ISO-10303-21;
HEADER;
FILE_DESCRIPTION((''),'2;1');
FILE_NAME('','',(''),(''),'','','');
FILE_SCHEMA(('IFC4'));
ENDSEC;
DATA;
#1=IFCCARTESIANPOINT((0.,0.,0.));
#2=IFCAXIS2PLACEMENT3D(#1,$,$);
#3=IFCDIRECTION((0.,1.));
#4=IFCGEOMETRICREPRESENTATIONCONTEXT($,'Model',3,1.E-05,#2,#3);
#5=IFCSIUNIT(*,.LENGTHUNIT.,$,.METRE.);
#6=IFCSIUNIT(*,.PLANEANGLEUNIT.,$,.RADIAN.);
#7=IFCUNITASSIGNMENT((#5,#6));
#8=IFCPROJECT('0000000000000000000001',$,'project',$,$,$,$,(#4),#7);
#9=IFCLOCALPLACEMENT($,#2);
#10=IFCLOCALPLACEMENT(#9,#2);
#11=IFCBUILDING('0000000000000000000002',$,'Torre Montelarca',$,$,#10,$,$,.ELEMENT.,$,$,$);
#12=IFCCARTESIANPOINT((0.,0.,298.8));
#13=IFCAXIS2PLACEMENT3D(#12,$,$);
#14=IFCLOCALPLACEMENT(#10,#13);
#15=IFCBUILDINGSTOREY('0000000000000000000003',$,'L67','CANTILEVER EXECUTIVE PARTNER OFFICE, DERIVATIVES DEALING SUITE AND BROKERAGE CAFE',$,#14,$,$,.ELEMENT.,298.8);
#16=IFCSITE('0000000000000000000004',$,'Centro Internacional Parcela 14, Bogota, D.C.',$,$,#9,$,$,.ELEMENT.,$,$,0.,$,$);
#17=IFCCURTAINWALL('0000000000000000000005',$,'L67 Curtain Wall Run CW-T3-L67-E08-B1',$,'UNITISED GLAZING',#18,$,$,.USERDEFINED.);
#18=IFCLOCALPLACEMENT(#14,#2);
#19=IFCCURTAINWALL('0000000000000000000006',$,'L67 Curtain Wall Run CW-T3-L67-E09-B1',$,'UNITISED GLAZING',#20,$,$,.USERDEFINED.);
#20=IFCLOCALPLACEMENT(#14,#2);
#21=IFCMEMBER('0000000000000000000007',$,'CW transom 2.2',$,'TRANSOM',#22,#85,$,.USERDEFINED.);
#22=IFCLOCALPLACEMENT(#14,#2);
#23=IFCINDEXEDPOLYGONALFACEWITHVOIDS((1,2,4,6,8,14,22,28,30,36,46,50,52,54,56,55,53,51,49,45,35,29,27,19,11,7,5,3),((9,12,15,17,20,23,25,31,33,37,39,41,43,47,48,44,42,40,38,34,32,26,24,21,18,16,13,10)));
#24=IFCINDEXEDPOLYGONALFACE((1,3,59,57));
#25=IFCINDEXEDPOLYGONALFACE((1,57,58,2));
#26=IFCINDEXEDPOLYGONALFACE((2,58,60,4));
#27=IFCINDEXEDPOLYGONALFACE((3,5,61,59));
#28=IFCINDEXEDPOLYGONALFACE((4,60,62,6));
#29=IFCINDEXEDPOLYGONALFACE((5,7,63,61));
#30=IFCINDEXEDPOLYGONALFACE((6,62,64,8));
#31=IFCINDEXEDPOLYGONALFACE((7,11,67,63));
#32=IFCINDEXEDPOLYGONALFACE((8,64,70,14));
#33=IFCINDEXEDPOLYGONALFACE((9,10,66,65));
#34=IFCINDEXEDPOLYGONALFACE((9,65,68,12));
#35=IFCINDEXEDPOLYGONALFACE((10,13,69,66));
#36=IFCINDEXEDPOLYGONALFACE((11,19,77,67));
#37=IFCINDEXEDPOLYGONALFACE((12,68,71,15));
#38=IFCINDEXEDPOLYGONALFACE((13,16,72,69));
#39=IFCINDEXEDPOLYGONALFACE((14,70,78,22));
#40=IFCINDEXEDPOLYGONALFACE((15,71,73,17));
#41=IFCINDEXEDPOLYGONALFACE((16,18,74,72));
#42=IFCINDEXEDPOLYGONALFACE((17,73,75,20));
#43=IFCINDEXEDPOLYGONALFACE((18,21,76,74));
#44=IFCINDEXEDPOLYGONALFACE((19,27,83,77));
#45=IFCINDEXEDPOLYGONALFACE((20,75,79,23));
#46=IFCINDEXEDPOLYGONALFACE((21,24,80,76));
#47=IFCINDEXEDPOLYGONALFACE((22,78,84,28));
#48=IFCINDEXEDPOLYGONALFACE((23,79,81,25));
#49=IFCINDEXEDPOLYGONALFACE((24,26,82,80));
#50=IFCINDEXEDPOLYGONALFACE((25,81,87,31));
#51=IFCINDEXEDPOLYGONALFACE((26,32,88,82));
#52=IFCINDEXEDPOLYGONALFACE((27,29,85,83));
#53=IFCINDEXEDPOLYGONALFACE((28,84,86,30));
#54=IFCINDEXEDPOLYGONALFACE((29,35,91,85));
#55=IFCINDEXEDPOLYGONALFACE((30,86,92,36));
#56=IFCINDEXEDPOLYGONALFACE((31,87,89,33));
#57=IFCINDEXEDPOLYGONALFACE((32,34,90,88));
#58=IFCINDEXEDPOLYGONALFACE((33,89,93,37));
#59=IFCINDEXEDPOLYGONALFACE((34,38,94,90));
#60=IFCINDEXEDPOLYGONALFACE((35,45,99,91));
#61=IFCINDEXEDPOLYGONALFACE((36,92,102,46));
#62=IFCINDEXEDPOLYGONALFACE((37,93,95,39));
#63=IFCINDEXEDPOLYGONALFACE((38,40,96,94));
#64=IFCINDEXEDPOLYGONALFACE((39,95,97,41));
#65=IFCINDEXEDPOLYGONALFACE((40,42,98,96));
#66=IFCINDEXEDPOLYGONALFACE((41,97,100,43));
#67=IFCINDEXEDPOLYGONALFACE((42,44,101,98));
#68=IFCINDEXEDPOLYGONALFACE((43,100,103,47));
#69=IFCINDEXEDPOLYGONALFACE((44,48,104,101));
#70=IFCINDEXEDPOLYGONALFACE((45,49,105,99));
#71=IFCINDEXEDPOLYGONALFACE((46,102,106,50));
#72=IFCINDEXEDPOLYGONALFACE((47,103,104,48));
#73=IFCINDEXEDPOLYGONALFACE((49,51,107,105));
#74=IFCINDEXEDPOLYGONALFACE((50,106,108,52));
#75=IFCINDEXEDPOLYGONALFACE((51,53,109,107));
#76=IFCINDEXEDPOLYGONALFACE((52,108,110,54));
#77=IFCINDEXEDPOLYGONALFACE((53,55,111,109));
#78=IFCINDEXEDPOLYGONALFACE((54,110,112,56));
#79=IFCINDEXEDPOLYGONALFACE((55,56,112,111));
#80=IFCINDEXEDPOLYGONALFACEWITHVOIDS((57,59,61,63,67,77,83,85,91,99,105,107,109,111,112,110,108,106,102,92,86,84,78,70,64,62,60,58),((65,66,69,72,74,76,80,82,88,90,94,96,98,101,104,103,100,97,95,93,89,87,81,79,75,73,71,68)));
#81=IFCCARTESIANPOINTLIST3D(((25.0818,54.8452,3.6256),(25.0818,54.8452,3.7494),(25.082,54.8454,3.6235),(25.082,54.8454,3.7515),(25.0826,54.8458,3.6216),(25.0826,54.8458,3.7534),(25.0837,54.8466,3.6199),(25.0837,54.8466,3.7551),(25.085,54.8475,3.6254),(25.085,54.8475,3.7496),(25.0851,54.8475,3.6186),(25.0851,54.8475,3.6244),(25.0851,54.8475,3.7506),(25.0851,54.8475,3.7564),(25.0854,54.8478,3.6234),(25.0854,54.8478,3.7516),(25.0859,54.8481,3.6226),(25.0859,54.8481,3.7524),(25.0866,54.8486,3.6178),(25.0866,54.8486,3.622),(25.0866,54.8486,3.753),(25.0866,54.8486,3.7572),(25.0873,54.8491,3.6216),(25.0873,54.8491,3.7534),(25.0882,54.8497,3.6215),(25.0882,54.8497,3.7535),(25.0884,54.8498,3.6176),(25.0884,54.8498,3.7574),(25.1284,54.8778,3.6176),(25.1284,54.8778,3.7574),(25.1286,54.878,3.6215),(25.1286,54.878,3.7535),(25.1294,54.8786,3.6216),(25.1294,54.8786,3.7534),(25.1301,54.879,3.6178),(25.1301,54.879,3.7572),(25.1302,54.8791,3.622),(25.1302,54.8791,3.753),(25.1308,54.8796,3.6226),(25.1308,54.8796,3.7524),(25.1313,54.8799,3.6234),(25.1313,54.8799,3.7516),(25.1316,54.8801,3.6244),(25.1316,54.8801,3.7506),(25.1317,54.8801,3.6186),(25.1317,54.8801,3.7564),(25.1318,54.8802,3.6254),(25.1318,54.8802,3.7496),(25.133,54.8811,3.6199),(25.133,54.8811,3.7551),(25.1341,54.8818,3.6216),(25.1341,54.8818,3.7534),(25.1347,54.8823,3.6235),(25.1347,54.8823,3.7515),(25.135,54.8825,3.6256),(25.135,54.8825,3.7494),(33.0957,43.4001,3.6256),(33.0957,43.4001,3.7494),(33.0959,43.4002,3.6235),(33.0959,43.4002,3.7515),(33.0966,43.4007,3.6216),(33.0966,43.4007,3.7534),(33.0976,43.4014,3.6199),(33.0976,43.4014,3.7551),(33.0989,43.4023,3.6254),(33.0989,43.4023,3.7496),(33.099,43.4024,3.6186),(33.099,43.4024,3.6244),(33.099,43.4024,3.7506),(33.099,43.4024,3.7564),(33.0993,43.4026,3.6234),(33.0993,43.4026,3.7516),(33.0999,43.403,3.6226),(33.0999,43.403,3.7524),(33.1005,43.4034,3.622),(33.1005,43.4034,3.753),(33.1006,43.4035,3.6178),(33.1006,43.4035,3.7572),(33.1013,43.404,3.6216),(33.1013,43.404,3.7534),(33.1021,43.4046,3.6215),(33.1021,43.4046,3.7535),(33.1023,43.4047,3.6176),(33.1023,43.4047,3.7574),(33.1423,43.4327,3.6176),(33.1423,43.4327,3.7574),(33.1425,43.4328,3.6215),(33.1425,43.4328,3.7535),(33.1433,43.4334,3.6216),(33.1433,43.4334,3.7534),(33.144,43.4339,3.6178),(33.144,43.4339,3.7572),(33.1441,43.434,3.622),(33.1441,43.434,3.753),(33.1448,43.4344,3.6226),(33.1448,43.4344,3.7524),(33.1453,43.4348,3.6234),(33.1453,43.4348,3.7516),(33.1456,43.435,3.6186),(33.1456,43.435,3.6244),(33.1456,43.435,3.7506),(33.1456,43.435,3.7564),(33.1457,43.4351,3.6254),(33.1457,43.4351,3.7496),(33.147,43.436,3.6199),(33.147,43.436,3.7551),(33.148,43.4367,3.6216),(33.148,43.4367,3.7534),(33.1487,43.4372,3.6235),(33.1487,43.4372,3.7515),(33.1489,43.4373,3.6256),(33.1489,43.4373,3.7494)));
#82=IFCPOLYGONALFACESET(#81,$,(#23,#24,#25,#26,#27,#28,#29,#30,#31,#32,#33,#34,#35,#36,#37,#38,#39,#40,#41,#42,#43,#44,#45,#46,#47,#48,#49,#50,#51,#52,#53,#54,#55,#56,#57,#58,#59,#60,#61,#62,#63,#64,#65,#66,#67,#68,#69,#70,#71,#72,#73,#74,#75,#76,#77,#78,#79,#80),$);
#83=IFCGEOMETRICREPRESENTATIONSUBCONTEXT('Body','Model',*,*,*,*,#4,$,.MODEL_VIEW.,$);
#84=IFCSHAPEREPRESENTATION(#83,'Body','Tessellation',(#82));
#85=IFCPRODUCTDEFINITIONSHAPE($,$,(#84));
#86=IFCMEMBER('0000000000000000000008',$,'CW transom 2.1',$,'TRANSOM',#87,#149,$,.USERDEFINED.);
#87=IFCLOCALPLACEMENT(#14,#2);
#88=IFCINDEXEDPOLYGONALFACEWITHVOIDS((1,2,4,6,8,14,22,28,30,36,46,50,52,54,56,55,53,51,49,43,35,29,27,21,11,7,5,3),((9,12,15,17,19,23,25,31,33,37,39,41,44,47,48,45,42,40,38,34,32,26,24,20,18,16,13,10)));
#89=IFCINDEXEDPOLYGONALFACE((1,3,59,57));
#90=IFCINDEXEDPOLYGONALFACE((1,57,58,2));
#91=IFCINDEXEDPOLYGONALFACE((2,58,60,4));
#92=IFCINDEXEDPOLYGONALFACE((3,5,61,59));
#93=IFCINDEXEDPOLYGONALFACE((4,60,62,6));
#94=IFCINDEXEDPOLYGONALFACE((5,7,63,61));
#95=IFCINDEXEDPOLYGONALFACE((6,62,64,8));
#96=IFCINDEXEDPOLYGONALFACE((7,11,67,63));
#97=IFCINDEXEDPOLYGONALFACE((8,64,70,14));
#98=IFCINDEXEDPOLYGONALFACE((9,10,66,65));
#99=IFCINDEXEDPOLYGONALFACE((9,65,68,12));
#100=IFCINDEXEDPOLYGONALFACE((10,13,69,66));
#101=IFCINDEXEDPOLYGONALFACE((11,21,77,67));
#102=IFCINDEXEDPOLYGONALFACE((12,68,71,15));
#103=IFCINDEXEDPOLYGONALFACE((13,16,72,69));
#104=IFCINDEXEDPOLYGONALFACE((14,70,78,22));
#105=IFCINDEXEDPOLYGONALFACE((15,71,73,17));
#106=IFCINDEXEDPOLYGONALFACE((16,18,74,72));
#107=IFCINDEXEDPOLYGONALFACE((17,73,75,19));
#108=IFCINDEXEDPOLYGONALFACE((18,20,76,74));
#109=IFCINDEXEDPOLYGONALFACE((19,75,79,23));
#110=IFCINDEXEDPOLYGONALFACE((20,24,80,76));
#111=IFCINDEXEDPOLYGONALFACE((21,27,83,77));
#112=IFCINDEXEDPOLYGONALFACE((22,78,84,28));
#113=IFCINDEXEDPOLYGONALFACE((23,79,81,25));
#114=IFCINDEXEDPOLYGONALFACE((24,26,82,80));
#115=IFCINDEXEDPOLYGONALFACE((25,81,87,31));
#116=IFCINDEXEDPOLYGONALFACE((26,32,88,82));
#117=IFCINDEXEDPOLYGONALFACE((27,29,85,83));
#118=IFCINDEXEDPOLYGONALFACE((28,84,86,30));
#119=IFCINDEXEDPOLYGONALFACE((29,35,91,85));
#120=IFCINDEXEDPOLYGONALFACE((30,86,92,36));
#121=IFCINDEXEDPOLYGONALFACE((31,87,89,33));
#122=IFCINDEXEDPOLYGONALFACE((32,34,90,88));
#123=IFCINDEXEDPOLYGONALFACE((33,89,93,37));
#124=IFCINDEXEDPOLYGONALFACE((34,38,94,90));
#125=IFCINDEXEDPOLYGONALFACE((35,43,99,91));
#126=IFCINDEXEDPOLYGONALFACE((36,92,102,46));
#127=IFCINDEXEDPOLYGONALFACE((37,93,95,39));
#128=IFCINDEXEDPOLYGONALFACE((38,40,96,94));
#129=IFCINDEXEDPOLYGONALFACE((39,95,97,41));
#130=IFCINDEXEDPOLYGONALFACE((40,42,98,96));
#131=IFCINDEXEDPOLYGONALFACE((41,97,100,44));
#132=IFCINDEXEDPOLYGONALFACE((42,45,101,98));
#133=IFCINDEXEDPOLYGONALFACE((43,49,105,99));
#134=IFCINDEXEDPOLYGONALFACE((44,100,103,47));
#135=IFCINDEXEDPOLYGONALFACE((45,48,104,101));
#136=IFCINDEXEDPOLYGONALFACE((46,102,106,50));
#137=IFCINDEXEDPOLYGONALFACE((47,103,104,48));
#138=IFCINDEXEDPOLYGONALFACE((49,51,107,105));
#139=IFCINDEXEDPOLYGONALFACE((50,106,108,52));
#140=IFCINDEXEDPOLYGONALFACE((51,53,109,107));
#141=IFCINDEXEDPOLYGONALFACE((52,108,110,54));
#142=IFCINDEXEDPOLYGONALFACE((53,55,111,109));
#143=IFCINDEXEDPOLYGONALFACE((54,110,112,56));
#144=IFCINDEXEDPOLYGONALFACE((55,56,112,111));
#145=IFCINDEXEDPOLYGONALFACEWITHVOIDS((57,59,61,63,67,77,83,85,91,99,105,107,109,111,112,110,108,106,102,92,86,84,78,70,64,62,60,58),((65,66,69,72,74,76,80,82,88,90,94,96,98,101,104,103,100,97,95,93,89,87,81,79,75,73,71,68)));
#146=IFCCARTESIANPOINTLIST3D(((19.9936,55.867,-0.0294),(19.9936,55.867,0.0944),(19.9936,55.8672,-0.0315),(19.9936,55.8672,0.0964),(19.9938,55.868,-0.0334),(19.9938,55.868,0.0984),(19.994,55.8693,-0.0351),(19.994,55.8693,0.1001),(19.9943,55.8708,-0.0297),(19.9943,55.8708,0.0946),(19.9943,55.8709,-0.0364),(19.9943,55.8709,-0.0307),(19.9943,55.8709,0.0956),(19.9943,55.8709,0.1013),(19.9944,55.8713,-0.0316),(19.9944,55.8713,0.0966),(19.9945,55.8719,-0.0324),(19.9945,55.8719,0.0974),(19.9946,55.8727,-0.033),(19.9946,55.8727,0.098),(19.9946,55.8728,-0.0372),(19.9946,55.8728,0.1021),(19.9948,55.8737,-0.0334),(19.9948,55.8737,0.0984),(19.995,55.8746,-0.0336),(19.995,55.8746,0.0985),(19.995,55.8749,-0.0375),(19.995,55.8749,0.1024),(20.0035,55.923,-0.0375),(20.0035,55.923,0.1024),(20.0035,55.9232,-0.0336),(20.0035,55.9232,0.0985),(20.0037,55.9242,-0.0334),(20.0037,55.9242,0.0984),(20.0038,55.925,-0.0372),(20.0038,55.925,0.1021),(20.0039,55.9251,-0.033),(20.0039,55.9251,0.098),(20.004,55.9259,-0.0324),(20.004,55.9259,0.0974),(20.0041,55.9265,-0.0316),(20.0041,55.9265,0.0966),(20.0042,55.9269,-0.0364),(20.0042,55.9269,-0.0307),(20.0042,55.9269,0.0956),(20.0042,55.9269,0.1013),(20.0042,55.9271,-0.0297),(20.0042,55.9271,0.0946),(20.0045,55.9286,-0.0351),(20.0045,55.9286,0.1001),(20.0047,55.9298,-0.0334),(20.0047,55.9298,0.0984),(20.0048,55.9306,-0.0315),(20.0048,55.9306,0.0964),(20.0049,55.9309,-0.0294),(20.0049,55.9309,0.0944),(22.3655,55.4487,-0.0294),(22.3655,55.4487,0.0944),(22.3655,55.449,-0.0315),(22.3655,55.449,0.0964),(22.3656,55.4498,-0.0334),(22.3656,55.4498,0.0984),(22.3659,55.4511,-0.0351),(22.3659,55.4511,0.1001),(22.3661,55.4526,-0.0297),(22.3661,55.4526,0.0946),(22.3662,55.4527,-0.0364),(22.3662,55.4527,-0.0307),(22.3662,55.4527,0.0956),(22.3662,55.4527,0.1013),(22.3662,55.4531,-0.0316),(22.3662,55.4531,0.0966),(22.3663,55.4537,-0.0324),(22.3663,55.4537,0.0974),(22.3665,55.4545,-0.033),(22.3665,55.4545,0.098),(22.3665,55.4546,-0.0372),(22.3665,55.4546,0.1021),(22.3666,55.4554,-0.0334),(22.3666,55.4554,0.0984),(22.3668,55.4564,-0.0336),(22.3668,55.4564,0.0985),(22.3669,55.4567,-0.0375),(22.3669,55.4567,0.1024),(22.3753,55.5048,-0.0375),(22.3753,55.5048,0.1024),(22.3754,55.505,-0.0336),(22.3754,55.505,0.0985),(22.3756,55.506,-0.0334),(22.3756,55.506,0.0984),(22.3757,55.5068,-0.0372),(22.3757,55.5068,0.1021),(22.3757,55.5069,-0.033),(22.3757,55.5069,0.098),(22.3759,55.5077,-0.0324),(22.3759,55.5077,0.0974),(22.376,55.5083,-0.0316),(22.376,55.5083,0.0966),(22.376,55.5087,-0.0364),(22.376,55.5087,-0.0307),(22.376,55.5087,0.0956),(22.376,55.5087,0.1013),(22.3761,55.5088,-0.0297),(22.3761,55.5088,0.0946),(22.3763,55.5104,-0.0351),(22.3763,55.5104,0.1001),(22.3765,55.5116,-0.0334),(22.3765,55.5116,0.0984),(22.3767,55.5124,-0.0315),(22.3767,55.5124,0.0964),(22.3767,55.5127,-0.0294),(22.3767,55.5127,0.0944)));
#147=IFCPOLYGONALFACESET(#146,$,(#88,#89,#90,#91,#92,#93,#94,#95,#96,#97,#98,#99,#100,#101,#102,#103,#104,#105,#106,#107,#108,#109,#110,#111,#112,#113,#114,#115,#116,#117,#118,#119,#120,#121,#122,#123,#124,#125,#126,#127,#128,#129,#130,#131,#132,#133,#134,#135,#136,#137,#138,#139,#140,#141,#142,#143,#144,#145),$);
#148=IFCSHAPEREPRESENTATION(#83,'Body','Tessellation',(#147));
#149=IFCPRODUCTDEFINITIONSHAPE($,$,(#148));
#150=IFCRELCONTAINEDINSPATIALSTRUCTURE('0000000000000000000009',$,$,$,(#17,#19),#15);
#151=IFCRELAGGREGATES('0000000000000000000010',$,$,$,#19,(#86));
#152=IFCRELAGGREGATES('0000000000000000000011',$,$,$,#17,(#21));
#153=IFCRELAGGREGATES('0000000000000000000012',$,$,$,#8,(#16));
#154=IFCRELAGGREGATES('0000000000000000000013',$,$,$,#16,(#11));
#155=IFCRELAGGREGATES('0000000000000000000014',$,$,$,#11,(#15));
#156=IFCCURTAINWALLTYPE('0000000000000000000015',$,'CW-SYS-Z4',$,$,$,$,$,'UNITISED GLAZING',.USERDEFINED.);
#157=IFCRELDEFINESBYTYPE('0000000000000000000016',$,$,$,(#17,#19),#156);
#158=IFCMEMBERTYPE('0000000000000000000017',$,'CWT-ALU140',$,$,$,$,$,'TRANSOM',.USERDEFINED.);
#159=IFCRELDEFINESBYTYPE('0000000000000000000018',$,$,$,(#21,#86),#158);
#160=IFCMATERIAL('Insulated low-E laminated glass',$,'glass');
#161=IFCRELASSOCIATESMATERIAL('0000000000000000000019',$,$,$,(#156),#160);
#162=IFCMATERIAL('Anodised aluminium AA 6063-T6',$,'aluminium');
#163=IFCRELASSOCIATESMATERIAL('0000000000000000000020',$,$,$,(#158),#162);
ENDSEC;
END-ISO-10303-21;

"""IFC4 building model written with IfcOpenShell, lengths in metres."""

from ifc_helpers import new_model, si_unit, direction, frame, origin, origin_2d, place, context, subcontext, project, spatial, hollow_rectangle, extrude, source, transform, mapped, material, material_profile, profile_set, type_object, element, aggregate, save


model = new_model("IFC4")

# Units and contexts
model_context = context("Model", 3, precision=1e-05, world=origin(), true_north=direction((0.0, 1.0)))
body_context = subcontext(model_context, "Body", "Model", "MODEL_VIEW")
ifc_project = project(units=[si_unit("LENGTHUNIT", "METRE"), si_unit("PLANEANGLEUNIT", "RADIAN")], contexts=[model_context])

# Site, building, storey
site_placement = place(None, origin())
site = spatial("IfcSite", under=ifc_project, at=site_placement, Name="Centro Internacional Parcela 14, Bogota, D.C.", CompositionType="ELEMENT", RefElevation=0.0)
building_placement = place(site_placement, origin())
building = spatial("IfcBuilding", under=site, at=building_placement, Name="Torre Montelarca", CompositionType="ELEMENT")
storey_placement = place(building_placement, frame((0.0, 0.0, 298.8)))
storey = spatial("IfcBuildingStorey", under=building, at=storey_placement, Name="L67", Description="CANTILEVER EXECUTIVE PARTNER OFFICE, DERIVATIVES DEALING SUITE AND BROKERAGE CAFE", CompositionType="ELEMENT", Elevation=298.8)

# Curtain wall
ifc_material_1 = material(Name="Insulated low-E laminated glass", Category="glass")
curtain_wall_type = type_object("IfcCurtainWallType", Name="CW-SYS-Z4", ElementType="UNITISED GLAZING", PredefinedType="USERDEFINED", material=ifc_material_1)
curtain_wall_1_placement = place(storey_placement, origin())
curtain_wall_1 = element("IfcCurtainWall", 1, at=curtain_wall_1_placement, inside=storey, type_object=curtain_wall_type, Name="L67 Curtain Wall Run CW-T3-L67-E08-B1", ObjectType="UNITISED GLAZING", PredefinedType="USERDEFINED")
ifc_material_2 = material(Name="Anodised aluminium AA 6063-T6", Category="aluminium")

# Curtain wall
curtain_wall_2_placement = place(storey_placement, origin())
curtain_wall_2 = element("IfcCurtainWall", 2, at=curtain_wall_2_placement, inside=storey, type_object=curtain_wall_type, Name="L67 Curtain Wall Run CW-T3-L67-E09-B1", ObjectType="UNITISED GLAZING", PredefinedType="USERDEFINED")

# Members
ifc_material_profile_1 = material_profile(ifc_material_2, hollow_rectangle(XDim=0.0649, YDim=0.1399, WallThickness=0.0039, InnerFilletRadius=0.0039, OuterFilletRadius=0.0081, at=origin_2d()), Name="ALU65X140X4", Category="aluminium")
ifc_profile_set_1 = profile_set([ifc_material_profile_1], Name="Anodised aluminium AA 6063-T6")
member_type_1 = type_object("IfcMemberType", Name="CWT-ALU140", ElementType="TRANSOM", PredefinedType="USERDEFINED", material=ifc_profile_set_1)
shared_shape_1 = source(origin(), body_context, "Body", "SweptSolid", [
    extrude(hollow_rectangle(XDim=0.0649, YDim=0.1399, WallThickness=0.0039, InnerFilletRadius=0.0039, OuterFilletRadius=0.0081, at=origin_2d()), origin(), (0.0, 0.0, 1.0), 13.9719),
])
member_1_placement = place(storey_placement, frame((33.1223, 43.4187, 3.6875), z_axis=(-0.573576, 0.819152, 0.0), x_axis=(-0.819152, -0.573576, 0.0)))
member_1 = element("IfcMember", 3, at=member_1_placement, type_object=member_type_1, Name="CW transom 2.2", ObjectType="TRANSOM", PredefinedType="USERDEFINED", context=body_context, shape_type="MappedRepresentation", body=[
    mapped(shared_shape_1, transform((0.0, 0.0, 0.0), scale=1.0)),
])
shared_shape_2 = source(origin(), body_context, "Body", "SweptSolid", [
    extrude(hollow_rectangle(XDim=0.0649, YDim=0.1399, WallThickness=0.0039, InnerFilletRadius=0.0039, OuterFilletRadius=0.0081, at=origin_2d()), origin(), (0.0, 0.0, 1.0), 2.4084),
])
member_2_placement = place(storey_placement, frame((22.3711, 55.4807, 0.0325), z_axis=(-0.984808, 0.173647, 0.0), x_axis=(-0.173647, -0.984808, 0.0)))
member_2 = element("IfcMember", 4, at=member_2_placement, type_object=member_type_1, Name="CW transom 2.1", ObjectType="TRANSOM", PredefinedType="USERDEFINED", context=body_context, shape_type="MappedRepresentation", body=[
    mapped(shared_shape_2, transform((0.0, 0.0, 0.0), scale=1.0)),
])

aggregate(curtain_wall_2, [member_2])
aggregate(curtain_wall_1, [member_1])

save(model, "model.ifc")
